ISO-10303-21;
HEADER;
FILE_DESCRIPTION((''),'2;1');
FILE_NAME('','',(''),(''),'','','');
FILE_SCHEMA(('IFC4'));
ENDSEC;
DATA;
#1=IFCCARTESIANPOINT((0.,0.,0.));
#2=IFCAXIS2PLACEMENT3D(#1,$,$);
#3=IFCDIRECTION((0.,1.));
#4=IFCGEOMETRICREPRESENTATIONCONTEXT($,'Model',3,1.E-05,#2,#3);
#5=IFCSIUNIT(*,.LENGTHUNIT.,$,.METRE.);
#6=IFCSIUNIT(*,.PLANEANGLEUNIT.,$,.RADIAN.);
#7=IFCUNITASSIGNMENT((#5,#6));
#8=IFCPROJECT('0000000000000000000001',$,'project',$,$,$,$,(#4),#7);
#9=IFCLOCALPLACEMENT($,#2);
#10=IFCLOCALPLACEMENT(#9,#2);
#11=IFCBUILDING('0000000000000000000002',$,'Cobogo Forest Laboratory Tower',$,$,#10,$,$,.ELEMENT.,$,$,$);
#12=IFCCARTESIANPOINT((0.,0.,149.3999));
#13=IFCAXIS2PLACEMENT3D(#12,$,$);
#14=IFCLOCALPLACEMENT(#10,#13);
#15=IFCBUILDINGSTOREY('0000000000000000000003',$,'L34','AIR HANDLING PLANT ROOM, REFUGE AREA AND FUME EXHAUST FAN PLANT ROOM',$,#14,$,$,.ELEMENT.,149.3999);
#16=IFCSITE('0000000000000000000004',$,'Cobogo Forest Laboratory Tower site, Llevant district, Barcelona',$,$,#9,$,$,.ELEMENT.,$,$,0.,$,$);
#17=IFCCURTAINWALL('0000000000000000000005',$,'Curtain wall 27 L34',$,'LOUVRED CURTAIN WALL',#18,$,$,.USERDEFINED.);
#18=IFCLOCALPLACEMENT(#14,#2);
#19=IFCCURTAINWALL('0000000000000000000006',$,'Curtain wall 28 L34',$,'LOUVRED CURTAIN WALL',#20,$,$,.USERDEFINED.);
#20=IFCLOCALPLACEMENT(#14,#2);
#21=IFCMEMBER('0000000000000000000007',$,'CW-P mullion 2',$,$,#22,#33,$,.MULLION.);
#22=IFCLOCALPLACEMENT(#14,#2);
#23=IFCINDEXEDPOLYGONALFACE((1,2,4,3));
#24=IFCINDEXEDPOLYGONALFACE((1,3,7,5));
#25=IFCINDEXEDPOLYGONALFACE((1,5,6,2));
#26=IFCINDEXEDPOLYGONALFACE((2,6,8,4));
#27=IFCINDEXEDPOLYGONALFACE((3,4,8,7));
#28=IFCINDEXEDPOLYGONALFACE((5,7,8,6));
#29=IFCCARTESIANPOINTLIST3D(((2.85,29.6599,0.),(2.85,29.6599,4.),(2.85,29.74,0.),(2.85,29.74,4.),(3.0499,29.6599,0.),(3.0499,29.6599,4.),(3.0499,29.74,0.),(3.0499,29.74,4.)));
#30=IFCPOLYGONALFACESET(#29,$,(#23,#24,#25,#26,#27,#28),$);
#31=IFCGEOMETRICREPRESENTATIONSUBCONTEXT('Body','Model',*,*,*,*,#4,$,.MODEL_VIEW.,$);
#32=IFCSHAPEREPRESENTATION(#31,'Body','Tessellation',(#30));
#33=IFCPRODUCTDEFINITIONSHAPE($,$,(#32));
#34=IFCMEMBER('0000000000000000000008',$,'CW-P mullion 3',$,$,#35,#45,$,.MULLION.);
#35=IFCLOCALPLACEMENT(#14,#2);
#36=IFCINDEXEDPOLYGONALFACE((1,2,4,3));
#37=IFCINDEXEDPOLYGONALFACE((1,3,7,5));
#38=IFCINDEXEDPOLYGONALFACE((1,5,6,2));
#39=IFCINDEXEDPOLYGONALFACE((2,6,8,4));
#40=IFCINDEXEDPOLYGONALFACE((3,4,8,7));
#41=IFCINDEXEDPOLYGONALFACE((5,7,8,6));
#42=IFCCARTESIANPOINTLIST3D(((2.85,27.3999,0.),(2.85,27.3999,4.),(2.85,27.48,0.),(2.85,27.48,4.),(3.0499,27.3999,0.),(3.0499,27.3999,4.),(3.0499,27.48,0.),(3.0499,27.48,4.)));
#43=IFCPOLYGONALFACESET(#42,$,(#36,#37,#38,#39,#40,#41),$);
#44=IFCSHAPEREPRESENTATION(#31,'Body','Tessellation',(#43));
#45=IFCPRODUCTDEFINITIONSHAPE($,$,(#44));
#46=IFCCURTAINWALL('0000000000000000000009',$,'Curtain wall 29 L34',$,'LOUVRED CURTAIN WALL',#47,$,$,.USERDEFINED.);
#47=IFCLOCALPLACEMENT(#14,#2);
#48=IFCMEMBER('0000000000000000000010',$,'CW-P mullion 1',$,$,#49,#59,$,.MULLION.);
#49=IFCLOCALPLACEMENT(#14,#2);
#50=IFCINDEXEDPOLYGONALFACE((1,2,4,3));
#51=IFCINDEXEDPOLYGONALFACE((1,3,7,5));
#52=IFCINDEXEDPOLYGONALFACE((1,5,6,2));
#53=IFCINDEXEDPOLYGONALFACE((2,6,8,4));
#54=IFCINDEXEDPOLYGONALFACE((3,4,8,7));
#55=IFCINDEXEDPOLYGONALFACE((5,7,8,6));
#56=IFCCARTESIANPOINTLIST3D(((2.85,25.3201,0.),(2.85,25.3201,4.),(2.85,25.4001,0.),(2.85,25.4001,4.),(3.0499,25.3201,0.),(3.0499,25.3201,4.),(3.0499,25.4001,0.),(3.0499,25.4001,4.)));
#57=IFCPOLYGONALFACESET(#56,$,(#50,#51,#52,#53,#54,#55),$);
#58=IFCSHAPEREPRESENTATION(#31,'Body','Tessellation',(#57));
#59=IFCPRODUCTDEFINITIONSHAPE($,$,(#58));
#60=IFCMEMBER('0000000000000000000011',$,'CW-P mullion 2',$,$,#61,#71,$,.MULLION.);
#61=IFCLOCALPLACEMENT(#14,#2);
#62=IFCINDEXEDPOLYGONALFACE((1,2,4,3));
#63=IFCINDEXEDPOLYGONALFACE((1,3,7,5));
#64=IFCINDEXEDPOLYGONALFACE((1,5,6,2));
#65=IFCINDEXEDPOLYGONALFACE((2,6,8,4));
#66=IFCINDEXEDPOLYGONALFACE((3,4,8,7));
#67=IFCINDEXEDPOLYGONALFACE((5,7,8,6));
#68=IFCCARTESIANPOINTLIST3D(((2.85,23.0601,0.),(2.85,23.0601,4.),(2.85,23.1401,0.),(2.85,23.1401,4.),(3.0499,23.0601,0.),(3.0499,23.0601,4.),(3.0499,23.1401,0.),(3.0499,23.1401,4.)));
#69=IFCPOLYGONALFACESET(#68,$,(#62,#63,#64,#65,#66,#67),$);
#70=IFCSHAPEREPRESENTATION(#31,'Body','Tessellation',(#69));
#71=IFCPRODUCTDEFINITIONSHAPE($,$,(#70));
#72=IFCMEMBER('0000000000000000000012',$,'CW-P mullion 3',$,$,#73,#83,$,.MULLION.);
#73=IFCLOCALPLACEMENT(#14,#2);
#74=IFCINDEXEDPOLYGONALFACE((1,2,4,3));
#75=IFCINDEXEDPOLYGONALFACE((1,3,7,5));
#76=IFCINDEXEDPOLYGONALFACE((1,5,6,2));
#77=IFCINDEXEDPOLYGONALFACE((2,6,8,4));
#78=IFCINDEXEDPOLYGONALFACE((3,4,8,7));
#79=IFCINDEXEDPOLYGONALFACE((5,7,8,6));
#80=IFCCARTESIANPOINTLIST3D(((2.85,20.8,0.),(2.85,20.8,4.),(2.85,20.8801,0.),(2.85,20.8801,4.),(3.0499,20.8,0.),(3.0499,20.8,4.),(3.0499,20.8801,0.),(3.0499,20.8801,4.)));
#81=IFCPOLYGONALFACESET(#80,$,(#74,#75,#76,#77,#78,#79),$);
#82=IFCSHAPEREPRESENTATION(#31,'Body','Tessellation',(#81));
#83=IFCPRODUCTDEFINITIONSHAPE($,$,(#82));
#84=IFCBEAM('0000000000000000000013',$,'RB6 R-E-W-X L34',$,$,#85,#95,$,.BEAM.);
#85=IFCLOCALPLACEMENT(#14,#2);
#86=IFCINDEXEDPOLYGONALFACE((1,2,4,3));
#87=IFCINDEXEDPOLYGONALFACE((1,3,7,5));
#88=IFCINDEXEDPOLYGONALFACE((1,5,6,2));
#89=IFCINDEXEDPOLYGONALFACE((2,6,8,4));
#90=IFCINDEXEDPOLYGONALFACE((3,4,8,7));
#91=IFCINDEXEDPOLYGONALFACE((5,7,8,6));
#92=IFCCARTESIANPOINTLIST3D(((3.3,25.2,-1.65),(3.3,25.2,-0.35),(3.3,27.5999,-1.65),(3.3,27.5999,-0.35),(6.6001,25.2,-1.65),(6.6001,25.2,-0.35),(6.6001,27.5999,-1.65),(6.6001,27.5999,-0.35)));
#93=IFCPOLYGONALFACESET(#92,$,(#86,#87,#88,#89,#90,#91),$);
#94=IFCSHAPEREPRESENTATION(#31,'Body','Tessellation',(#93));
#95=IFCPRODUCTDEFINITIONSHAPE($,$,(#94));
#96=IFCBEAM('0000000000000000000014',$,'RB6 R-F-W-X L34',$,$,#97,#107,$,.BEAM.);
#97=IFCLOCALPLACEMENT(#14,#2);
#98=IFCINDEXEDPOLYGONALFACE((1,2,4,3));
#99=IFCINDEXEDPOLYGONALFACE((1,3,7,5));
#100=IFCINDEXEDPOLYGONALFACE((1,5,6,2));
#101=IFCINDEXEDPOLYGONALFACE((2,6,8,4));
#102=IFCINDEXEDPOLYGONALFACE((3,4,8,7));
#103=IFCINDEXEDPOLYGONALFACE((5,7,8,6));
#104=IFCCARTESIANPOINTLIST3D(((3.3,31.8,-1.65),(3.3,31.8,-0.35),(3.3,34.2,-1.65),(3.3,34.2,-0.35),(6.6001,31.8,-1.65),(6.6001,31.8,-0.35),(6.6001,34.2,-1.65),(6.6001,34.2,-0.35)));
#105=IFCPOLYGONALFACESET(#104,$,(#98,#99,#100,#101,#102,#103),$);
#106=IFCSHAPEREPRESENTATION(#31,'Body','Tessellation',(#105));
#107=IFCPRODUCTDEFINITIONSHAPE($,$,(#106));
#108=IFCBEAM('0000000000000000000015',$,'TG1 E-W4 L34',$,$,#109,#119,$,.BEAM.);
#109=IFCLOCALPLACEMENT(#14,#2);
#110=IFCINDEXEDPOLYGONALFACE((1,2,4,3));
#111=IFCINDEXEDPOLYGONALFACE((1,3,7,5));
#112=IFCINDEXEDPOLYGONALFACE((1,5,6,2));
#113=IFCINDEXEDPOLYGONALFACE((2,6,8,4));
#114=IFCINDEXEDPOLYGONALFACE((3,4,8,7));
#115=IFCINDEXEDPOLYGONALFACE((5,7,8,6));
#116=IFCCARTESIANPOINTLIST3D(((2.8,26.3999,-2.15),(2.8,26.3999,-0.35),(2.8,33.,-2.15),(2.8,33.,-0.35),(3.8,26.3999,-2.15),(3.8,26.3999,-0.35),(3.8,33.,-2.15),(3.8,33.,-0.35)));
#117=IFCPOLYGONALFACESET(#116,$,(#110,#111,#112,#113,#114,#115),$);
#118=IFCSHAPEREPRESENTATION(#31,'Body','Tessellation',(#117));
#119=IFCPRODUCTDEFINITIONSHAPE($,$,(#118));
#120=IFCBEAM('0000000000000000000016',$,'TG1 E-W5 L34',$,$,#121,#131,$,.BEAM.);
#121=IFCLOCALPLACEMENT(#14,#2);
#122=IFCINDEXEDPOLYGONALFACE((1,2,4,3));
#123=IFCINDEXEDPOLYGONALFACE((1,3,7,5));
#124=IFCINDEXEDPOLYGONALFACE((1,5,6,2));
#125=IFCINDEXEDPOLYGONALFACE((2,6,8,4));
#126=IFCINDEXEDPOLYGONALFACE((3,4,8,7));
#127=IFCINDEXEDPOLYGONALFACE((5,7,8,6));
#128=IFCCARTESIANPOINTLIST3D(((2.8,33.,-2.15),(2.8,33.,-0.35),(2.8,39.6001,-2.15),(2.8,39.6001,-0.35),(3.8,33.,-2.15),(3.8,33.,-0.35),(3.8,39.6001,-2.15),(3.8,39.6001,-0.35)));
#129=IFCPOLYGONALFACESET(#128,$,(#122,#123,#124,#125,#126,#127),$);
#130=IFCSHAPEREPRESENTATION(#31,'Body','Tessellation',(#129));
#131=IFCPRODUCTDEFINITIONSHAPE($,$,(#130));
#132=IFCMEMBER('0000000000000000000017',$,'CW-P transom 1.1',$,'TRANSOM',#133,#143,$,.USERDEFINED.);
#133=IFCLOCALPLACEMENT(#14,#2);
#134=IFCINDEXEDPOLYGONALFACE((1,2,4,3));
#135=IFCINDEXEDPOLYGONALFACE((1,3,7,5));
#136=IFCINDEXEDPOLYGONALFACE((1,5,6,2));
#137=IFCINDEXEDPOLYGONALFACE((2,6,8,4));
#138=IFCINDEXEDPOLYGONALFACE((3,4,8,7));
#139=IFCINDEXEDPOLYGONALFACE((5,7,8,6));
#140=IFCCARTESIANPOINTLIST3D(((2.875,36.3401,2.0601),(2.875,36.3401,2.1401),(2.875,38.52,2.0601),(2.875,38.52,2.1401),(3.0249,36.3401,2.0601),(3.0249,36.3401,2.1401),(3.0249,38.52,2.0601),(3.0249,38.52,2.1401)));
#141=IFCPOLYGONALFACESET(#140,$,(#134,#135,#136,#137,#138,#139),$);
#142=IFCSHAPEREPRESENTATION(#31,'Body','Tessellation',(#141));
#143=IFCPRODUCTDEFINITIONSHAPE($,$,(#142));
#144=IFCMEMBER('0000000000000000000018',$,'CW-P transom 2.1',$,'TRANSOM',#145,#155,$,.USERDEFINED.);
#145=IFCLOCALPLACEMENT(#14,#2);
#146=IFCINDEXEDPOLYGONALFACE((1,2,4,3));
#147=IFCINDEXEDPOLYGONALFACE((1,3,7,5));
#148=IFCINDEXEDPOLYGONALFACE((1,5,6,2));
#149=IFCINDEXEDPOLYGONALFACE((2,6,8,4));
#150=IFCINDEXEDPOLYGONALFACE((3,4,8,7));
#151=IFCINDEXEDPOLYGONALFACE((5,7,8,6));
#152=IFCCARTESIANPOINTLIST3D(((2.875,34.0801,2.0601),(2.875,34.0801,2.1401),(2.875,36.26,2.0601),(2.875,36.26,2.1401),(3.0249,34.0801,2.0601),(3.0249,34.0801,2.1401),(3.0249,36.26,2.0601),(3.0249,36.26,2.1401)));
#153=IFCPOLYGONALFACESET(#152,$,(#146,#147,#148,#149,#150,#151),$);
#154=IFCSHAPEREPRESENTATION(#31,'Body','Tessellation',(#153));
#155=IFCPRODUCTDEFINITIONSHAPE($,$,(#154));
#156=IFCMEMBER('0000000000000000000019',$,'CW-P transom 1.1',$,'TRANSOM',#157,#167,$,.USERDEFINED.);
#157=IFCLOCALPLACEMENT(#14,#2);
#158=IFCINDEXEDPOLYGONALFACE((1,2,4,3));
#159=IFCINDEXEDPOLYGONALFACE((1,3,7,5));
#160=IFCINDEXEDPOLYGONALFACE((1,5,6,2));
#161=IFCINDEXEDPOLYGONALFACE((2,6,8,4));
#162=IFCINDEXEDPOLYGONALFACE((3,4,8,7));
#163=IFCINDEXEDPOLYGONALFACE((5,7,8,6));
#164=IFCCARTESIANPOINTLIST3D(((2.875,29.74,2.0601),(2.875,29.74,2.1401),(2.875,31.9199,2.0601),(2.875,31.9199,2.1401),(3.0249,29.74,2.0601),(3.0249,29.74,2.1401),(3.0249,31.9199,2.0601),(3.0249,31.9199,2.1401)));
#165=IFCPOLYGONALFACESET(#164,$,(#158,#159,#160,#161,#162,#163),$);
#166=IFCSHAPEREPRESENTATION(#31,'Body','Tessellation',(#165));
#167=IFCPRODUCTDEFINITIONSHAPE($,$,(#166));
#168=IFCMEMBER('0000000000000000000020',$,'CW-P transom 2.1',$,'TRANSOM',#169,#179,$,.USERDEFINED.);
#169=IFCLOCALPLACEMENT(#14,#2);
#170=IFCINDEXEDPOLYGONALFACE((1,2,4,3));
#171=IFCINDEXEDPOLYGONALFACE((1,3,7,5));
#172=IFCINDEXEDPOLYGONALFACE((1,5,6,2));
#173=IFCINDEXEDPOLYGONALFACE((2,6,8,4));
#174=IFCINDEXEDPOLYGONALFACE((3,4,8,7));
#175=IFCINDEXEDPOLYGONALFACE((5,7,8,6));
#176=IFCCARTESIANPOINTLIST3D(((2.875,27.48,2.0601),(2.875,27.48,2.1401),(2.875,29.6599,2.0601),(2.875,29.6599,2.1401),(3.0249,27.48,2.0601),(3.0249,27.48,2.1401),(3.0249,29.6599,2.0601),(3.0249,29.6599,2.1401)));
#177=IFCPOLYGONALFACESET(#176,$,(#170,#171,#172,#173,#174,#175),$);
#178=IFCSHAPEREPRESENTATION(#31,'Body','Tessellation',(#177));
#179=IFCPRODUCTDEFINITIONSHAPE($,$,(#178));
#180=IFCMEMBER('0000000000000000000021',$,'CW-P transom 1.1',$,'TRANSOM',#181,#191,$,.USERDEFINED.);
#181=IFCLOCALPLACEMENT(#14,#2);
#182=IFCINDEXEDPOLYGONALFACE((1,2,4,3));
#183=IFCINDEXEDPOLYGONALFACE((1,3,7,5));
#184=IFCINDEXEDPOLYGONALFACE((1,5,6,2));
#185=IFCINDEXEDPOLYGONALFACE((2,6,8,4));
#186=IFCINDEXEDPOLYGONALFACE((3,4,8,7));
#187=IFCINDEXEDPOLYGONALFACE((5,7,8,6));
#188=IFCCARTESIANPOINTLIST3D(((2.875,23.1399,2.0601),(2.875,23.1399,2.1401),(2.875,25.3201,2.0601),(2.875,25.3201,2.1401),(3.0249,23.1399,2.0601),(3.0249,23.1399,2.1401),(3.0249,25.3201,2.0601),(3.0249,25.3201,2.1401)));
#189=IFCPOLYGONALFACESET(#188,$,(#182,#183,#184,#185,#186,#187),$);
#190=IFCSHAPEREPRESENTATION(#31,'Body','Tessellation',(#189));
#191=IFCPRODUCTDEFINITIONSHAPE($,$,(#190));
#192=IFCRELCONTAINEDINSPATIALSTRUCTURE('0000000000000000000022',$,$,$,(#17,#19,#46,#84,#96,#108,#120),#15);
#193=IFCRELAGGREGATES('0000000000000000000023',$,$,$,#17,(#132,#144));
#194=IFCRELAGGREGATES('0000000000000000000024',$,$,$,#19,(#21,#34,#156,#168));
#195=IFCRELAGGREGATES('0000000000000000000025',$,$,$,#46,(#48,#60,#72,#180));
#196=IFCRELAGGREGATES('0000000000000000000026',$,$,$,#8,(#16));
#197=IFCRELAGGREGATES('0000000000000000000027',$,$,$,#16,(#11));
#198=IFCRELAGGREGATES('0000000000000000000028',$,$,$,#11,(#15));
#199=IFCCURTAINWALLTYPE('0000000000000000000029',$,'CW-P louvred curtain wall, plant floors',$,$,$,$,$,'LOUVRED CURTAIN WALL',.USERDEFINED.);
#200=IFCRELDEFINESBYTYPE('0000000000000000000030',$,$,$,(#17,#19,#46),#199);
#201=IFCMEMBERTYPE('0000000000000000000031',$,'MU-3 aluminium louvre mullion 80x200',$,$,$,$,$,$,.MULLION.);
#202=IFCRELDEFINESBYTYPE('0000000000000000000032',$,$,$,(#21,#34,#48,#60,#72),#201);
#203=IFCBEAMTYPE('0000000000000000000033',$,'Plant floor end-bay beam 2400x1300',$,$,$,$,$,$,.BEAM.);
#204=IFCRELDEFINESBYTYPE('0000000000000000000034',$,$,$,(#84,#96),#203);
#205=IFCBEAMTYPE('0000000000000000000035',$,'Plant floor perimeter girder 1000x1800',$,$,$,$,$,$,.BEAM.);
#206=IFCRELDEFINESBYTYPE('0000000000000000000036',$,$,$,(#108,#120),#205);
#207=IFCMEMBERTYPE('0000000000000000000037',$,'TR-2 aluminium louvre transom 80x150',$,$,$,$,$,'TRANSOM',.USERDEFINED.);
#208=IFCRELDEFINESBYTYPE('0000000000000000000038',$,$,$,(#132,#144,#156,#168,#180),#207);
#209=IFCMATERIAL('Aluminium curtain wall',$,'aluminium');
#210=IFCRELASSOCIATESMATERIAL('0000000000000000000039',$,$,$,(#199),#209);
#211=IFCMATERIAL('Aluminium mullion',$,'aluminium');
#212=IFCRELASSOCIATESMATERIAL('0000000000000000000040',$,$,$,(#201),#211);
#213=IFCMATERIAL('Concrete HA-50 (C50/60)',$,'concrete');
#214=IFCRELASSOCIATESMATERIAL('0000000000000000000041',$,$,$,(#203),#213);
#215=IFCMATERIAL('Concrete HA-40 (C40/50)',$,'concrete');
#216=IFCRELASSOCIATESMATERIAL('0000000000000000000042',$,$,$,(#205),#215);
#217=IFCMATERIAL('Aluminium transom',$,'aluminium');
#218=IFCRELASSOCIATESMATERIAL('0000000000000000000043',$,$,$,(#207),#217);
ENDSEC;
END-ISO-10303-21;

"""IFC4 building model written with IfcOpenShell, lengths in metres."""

from ifc_helpers import new_model, si_unit, direction, frame, origin, origin_2d, place, context, subcontext, project, spatial, rectangle, extrude, material, material_profile, profile_set, type_object, element, aggregate, save


model = new_model("IFC4")

# Units and contexts
model_context = context("Model", 3, precision=1e-05, world=origin(), true_north=direction((0.0, 1.0)))
body_context = subcontext(model_context, "Body", "Model", "MODEL_VIEW")
ifc_project = project(units=[si_unit("LENGTHUNIT", "METRE"), si_unit("PLANEANGLEUNIT", "RADIAN")], contexts=[model_context])

# Site, building, storey
site_placement = place(None, origin())
site = spatial("IfcSite", under=ifc_project, at=site_placement, Name="Cobogo Forest Laboratory Tower site, Llevant district, Barcelona", CompositionType="ELEMENT", RefElevation=0.0)
building_placement = place(site_placement, origin())
building = spatial("IfcBuilding", under=site, at=building_placement, Name="Cobogo Forest Laboratory Tower", CompositionType="ELEMENT")
storey_placement = place(building_placement, frame((0.0, 0.0, 149.3999)))
storey = spatial("IfcBuildingStorey", under=building, at=storey_placement, Name="L34", Description="AIR HANDLING PLANT ROOM, REFUGE AREA AND FUME EXHAUST FAN PLANT ROOM", CompositionType="ELEMENT", Elevation=149.3999)

# Shared definitions
ifc_material_1 = material(Name="Concrete HA-50 (C50/60)", Category="concrete")

# Curtain walls, members
ifc_material_2 = material(Name="Aluminium curtain wall", Category="aluminium")
curtain_wall_type = type_object("IfcCurtainWallType", Name="CW-P louvred curtain wall, plant floors", ElementType="LOUVRED CURTAIN WALL", PredefinedType="USERDEFINED", material=ifc_material_2)
curtain_wall_1_placement = place(storey_placement, origin())
curtain_wall_1 = element("IfcCurtainWall", 1, at=curtain_wall_1_placement, inside=storey, type_object=curtain_wall_type, Name="Curtain wall 27 L34", ObjectType="LOUVRED CURTAIN WALL", PredefinedType="USERDEFINED")
ifc_material_3 = material(Name="Aluminium mullion", Category="aluminium")
ifc_material_profile_1 = material_profile(ifc_material_3, rectangle(XDim=0.0801, YDim=0.2, at=origin_2d()), Name="AL 80x200")
ifc_profile_set_1 = profile_set([ifc_material_profile_1], Name="Aluminium mullion")
member_type_1 = type_object("IfcMemberType", Name="MU-3 aluminium louvre mullion 80x200", PredefinedType="MULLION", material=ifc_profile_set_1)
curtain_wall_2_placement = place(storey_placement, origin())
curtain_wall_2 = element("IfcCurtainWall", 2, at=curtain_wall_2_placement, inside=storey, type_object=curtain_wall_type, Name="Curtain wall 28 L34", ObjectType="LOUVRED CURTAIN WALL", PredefinedType="USERDEFINED")
member_1_placement = place(storey_placement, frame((2.95, 29.7, 0.0), z_axis=(0.0, 0.0, 1.0), x_axis=(0.0, -1.0, 0.0)))
member_1 = element("IfcMember", 3, at=member_1_placement, type_object=member_type_1, Name="CW-P mullion 2", PredefinedType="MULLION", context=body_context, shape_type="SweptSolid", body=[
    extrude(rectangle(XDim=0.0801, YDim=0.2, at=origin_2d()), origin(), (0.0, 0.0, 1.0), 4.0),
])
member_2_placement = place(storey_placement, frame((2.95, 27.4399, 0.0), z_axis=(0.0, 0.0, 1.0), x_axis=(0.0, -1.0, 0.0)))
member_2 = element("IfcMember", 4, at=member_2_placement, type_object=member_type_1, Name="CW-P mullion 3", PredefinedType="MULLION", context=body_context, shape_type="SweptSolid", body=[
    extrude(rectangle(XDim=0.0801, YDim=0.2, at=origin_2d()), origin(), (0.0, 0.0, 1.0), 4.0),
])
curtain_wall_3_placement = place(storey_placement, origin())
curtain_wall_3 = element("IfcCurtainWall", 5, at=curtain_wall_3_placement, inside=storey, type_object=curtain_wall_type, Name="Curtain wall 29 L34", ObjectType="LOUVRED CURTAIN WALL", PredefinedType="USERDEFINED")
member_3_placement = place(storey_placement, frame((2.95, 25.3601, 0.0), z_axis=(0.0, 0.0, 1.0), x_axis=(0.0, -1.0, 0.0)))
member_3 = element("IfcMember", 6, at=member_3_placement, type_object=member_type_1, Name="CW-P mullion 1", PredefinedType="MULLION", context=body_context, shape_type="SweptSolid", body=[
    extrude(rectangle(XDim=0.0801, YDim=0.2, at=origin_2d()), origin(), (0.0, 0.0, 1.0), 4.0),
])
member_4_placement = place(storey_placement, frame((2.95, 23.1001, 0.0), z_axis=(0.0, 0.0, 1.0), x_axis=(0.0, -1.0, 0.0)))
member_4 = element("IfcMember", 7, at=member_4_placement, type_object=member_type_1, Name="CW-P mullion 2", PredefinedType="MULLION", context=body_context, shape_type="SweptSolid", body=[
    extrude(rectangle(XDim=0.0801, YDim=0.2, at=origin_2d()), origin(), (0.0, 0.0, 1.0), 4.0),
])
member_5_placement = place(storey_placement, frame((2.95, 20.8401, 0.0), z_axis=(0.0, 0.0, 1.0), x_axis=(0.0, -1.0, 0.0)))
member_5 = element("IfcMember", 8, at=member_5_placement, type_object=member_type_1, Name="CW-P mullion 3", PredefinedType="MULLION", context=body_context, shape_type="SweptSolid", body=[
    extrude(rectangle(XDim=0.0801, YDim=0.2, at=origin_2d()), origin(), (0.0, 0.0, 1.0), 4.0),
])

# Beams
ifc_material_profile_2 = material_profile(ifc_material_1, rectangle(XDim=2.3999, YDim=1.3, at=origin_2d()), Name="RC 2400x1300")
ifc_profile_set_2 = profile_set([ifc_material_profile_2], Name="Concrete HA-50 (C50/60)")
beam_type_1 = type_object("IfcBeamType", Name="Plant floor end-bay beam 2400x1300", PredefinedType="BEAM", material=ifc_profile_set_2)
for number, where, z_axis, x_axis, name in (
    (9, (3.3, 26.3999, -1.0), (1.0, 0.0, 0.0), (0.0, 1.0, 0.0), "RB6 R-E-W-X L34"),
    (10, (3.3, 33.0, -1.0), (1.0, 0.0, 0.0), (0.0, 1.0, 0.0), "RB6 R-F-W-X L34"),
):
    element("IfcBeam", number, at=place(storey_placement, frame(where, z_axis=z_axis, x_axis=x_axis)), inside=storey, type_object=beam_type_1, Name=name, PredefinedType="BEAM", context=body_context, shape_type="SweptSolid", body=[
        extrude(rectangle(XDim=2.3999, YDim=1.3, at=origin_2d()), origin(), (0.0, 0.0, 1.0), 3.3),
    ])
ifc_material_4 = material(Name="Concrete HA-40 (C40/50)", Category="concrete")
ifc_material_profile_3 = material_profile(ifc_material_4, rectangle(XDim=1.0, YDim=1.8, at=origin_2d()), Name="RC 1000x1800")
ifc_profile_set_3 = profile_set([ifc_material_profile_3], Name="Concrete HA-40 (C40/50)")
beam_type_2 = type_object("IfcBeamType", Name="Plant floor perimeter girder 1000x1800", PredefinedType="BEAM", material=ifc_profile_set_3)
for number, where, z_axis, x_axis, name in (
    (11, (3.3, 26.3999, -1.25), (0.0, 1.0, 0.0), (-1.0, 0.0, 0.0), "TG1 E-W4 L34"),
    (12, (3.3, 33.0, -1.25), (0.0, 1.0, 0.0), (-1.0, 0.0, 0.0), "TG1 E-W5 L34"),
):
    element("IfcBeam", number, at=place(storey_placement, frame(where, z_axis=z_axis, x_axis=x_axis)), inside=storey, type_object=beam_type_2, Name=name, PredefinedType="BEAM", context=body_context, shape_type="SweptSolid", body=[
        extrude(rectangle(XDim=1.0, YDim=1.8, at=origin_2d()), origin(), (0.0, 0.0, 1.0), 6.6001),
    ])

# Members
ifc_material_5 = material(Name="Aluminium transom", Category="aluminium")
ifc_material_profile_4 = material_profile(ifc_material_5, rectangle(XDim=0.1499, YDim=0.0801, at=origin_2d()), Name="AL 80x150")
ifc_profile_set_4 = profile_set([ifc_material_profile_4], Name="Aluminium transom")
member_type_2 = type_object("IfcMemberType", Name="TR-2 aluminium louvre transom 80x150", ElementType="TRANSOM", PredefinedType="USERDEFINED", material=ifc_profile_set_4)
member_6_placement = place(storey_placement, frame((2.95, 38.52, 2.1001), z_axis=(0.0, -1.0, 0.0), x_axis=(1.0, 0.0, 0.0)))
member_6 = element("IfcMember", 13, at=member_6_placement, type_object=member_type_2, Name="CW-P transom 1.1", ObjectType="TRANSOM", PredefinedType="USERDEFINED", context=body_context, shape_type="SweptSolid", body=[
    extrude(rectangle(XDim=0.1499, YDim=0.0801, at=origin_2d()), origin(), (0.0, 0.0, 1.0), 2.1799),
])
member_7_placement = place(storey_placement, frame((2.95, 36.26, 2.1001), z_axis=(0.0, -1.0, 0.0), x_axis=(1.0, 0.0, 0.0)))
member_7 = element("IfcMember", 14, at=member_7_placement, type_object=member_type_2, Name="CW-P transom 2.1", ObjectType="TRANSOM", PredefinedType="USERDEFINED", context=body_context, shape_type="SweptSolid", body=[
    extrude(rectangle(XDim=0.1499, YDim=0.0801, at=origin_2d()), origin(), (0.0, 0.0, 1.0), 2.1799),
])
member_8_placement = place(storey_placement, frame((2.95, 31.9199, 2.1001), z_axis=(0.0, -1.0, 0.0), x_axis=(1.0, 0.0, 0.0)))
member_8 = element("IfcMember", 15, at=member_8_placement, type_object=member_type_2, Name="CW-P transom 1.1", ObjectType="TRANSOM", PredefinedType="USERDEFINED", context=body_context, shape_type="SweptSolid", body=[
    extrude(rectangle(XDim=0.1499, YDim=0.0801, at=origin_2d()), origin(), (0.0, 0.0, 1.0), 2.1799),
])
member_9_placement = place(storey_placement, frame((2.95, 29.6599, 2.1001), z_axis=(0.0, -1.0, 0.0), x_axis=(1.0, 0.0, 0.0)))
member_9 = element("IfcMember", 16, at=member_9_placement, type_object=member_type_2, Name="CW-P transom 2.1", ObjectType="TRANSOM", PredefinedType="USERDEFINED", context=body_context, shape_type="SweptSolid", body=[
    extrude(rectangle(XDim=0.1499, YDim=0.0801, at=origin_2d()), origin(), (0.0, 0.0, 1.0), 2.1799),
])
member_10_placement = place(storey_placement, frame((2.95, 25.3201, 2.1001), z_axis=(0.0, -1.0, 0.0), x_axis=(1.0, 0.0, 0.0)))
member_10 = element("IfcMember", 17, at=member_10_placement, type_object=member_type_2, Name="CW-P transom 1.1", ObjectType="TRANSOM", PredefinedType="USERDEFINED", context=body_context, shape_type="SweptSolid", body=[
    extrude(rectangle(XDim=0.1499, YDim=0.0801, at=origin_2d()), origin(), (0.0, 0.0, 1.0), 2.1802),
])

aggregate(curtain_wall_1, [member_6, member_7])
aggregate(curtain_wall_2, [member_1, member_2, member_8, member_9])
aggregate(curtain_wall_3, [member_3, member_4, member_5, member_10])

save(model, "model.ifc")
